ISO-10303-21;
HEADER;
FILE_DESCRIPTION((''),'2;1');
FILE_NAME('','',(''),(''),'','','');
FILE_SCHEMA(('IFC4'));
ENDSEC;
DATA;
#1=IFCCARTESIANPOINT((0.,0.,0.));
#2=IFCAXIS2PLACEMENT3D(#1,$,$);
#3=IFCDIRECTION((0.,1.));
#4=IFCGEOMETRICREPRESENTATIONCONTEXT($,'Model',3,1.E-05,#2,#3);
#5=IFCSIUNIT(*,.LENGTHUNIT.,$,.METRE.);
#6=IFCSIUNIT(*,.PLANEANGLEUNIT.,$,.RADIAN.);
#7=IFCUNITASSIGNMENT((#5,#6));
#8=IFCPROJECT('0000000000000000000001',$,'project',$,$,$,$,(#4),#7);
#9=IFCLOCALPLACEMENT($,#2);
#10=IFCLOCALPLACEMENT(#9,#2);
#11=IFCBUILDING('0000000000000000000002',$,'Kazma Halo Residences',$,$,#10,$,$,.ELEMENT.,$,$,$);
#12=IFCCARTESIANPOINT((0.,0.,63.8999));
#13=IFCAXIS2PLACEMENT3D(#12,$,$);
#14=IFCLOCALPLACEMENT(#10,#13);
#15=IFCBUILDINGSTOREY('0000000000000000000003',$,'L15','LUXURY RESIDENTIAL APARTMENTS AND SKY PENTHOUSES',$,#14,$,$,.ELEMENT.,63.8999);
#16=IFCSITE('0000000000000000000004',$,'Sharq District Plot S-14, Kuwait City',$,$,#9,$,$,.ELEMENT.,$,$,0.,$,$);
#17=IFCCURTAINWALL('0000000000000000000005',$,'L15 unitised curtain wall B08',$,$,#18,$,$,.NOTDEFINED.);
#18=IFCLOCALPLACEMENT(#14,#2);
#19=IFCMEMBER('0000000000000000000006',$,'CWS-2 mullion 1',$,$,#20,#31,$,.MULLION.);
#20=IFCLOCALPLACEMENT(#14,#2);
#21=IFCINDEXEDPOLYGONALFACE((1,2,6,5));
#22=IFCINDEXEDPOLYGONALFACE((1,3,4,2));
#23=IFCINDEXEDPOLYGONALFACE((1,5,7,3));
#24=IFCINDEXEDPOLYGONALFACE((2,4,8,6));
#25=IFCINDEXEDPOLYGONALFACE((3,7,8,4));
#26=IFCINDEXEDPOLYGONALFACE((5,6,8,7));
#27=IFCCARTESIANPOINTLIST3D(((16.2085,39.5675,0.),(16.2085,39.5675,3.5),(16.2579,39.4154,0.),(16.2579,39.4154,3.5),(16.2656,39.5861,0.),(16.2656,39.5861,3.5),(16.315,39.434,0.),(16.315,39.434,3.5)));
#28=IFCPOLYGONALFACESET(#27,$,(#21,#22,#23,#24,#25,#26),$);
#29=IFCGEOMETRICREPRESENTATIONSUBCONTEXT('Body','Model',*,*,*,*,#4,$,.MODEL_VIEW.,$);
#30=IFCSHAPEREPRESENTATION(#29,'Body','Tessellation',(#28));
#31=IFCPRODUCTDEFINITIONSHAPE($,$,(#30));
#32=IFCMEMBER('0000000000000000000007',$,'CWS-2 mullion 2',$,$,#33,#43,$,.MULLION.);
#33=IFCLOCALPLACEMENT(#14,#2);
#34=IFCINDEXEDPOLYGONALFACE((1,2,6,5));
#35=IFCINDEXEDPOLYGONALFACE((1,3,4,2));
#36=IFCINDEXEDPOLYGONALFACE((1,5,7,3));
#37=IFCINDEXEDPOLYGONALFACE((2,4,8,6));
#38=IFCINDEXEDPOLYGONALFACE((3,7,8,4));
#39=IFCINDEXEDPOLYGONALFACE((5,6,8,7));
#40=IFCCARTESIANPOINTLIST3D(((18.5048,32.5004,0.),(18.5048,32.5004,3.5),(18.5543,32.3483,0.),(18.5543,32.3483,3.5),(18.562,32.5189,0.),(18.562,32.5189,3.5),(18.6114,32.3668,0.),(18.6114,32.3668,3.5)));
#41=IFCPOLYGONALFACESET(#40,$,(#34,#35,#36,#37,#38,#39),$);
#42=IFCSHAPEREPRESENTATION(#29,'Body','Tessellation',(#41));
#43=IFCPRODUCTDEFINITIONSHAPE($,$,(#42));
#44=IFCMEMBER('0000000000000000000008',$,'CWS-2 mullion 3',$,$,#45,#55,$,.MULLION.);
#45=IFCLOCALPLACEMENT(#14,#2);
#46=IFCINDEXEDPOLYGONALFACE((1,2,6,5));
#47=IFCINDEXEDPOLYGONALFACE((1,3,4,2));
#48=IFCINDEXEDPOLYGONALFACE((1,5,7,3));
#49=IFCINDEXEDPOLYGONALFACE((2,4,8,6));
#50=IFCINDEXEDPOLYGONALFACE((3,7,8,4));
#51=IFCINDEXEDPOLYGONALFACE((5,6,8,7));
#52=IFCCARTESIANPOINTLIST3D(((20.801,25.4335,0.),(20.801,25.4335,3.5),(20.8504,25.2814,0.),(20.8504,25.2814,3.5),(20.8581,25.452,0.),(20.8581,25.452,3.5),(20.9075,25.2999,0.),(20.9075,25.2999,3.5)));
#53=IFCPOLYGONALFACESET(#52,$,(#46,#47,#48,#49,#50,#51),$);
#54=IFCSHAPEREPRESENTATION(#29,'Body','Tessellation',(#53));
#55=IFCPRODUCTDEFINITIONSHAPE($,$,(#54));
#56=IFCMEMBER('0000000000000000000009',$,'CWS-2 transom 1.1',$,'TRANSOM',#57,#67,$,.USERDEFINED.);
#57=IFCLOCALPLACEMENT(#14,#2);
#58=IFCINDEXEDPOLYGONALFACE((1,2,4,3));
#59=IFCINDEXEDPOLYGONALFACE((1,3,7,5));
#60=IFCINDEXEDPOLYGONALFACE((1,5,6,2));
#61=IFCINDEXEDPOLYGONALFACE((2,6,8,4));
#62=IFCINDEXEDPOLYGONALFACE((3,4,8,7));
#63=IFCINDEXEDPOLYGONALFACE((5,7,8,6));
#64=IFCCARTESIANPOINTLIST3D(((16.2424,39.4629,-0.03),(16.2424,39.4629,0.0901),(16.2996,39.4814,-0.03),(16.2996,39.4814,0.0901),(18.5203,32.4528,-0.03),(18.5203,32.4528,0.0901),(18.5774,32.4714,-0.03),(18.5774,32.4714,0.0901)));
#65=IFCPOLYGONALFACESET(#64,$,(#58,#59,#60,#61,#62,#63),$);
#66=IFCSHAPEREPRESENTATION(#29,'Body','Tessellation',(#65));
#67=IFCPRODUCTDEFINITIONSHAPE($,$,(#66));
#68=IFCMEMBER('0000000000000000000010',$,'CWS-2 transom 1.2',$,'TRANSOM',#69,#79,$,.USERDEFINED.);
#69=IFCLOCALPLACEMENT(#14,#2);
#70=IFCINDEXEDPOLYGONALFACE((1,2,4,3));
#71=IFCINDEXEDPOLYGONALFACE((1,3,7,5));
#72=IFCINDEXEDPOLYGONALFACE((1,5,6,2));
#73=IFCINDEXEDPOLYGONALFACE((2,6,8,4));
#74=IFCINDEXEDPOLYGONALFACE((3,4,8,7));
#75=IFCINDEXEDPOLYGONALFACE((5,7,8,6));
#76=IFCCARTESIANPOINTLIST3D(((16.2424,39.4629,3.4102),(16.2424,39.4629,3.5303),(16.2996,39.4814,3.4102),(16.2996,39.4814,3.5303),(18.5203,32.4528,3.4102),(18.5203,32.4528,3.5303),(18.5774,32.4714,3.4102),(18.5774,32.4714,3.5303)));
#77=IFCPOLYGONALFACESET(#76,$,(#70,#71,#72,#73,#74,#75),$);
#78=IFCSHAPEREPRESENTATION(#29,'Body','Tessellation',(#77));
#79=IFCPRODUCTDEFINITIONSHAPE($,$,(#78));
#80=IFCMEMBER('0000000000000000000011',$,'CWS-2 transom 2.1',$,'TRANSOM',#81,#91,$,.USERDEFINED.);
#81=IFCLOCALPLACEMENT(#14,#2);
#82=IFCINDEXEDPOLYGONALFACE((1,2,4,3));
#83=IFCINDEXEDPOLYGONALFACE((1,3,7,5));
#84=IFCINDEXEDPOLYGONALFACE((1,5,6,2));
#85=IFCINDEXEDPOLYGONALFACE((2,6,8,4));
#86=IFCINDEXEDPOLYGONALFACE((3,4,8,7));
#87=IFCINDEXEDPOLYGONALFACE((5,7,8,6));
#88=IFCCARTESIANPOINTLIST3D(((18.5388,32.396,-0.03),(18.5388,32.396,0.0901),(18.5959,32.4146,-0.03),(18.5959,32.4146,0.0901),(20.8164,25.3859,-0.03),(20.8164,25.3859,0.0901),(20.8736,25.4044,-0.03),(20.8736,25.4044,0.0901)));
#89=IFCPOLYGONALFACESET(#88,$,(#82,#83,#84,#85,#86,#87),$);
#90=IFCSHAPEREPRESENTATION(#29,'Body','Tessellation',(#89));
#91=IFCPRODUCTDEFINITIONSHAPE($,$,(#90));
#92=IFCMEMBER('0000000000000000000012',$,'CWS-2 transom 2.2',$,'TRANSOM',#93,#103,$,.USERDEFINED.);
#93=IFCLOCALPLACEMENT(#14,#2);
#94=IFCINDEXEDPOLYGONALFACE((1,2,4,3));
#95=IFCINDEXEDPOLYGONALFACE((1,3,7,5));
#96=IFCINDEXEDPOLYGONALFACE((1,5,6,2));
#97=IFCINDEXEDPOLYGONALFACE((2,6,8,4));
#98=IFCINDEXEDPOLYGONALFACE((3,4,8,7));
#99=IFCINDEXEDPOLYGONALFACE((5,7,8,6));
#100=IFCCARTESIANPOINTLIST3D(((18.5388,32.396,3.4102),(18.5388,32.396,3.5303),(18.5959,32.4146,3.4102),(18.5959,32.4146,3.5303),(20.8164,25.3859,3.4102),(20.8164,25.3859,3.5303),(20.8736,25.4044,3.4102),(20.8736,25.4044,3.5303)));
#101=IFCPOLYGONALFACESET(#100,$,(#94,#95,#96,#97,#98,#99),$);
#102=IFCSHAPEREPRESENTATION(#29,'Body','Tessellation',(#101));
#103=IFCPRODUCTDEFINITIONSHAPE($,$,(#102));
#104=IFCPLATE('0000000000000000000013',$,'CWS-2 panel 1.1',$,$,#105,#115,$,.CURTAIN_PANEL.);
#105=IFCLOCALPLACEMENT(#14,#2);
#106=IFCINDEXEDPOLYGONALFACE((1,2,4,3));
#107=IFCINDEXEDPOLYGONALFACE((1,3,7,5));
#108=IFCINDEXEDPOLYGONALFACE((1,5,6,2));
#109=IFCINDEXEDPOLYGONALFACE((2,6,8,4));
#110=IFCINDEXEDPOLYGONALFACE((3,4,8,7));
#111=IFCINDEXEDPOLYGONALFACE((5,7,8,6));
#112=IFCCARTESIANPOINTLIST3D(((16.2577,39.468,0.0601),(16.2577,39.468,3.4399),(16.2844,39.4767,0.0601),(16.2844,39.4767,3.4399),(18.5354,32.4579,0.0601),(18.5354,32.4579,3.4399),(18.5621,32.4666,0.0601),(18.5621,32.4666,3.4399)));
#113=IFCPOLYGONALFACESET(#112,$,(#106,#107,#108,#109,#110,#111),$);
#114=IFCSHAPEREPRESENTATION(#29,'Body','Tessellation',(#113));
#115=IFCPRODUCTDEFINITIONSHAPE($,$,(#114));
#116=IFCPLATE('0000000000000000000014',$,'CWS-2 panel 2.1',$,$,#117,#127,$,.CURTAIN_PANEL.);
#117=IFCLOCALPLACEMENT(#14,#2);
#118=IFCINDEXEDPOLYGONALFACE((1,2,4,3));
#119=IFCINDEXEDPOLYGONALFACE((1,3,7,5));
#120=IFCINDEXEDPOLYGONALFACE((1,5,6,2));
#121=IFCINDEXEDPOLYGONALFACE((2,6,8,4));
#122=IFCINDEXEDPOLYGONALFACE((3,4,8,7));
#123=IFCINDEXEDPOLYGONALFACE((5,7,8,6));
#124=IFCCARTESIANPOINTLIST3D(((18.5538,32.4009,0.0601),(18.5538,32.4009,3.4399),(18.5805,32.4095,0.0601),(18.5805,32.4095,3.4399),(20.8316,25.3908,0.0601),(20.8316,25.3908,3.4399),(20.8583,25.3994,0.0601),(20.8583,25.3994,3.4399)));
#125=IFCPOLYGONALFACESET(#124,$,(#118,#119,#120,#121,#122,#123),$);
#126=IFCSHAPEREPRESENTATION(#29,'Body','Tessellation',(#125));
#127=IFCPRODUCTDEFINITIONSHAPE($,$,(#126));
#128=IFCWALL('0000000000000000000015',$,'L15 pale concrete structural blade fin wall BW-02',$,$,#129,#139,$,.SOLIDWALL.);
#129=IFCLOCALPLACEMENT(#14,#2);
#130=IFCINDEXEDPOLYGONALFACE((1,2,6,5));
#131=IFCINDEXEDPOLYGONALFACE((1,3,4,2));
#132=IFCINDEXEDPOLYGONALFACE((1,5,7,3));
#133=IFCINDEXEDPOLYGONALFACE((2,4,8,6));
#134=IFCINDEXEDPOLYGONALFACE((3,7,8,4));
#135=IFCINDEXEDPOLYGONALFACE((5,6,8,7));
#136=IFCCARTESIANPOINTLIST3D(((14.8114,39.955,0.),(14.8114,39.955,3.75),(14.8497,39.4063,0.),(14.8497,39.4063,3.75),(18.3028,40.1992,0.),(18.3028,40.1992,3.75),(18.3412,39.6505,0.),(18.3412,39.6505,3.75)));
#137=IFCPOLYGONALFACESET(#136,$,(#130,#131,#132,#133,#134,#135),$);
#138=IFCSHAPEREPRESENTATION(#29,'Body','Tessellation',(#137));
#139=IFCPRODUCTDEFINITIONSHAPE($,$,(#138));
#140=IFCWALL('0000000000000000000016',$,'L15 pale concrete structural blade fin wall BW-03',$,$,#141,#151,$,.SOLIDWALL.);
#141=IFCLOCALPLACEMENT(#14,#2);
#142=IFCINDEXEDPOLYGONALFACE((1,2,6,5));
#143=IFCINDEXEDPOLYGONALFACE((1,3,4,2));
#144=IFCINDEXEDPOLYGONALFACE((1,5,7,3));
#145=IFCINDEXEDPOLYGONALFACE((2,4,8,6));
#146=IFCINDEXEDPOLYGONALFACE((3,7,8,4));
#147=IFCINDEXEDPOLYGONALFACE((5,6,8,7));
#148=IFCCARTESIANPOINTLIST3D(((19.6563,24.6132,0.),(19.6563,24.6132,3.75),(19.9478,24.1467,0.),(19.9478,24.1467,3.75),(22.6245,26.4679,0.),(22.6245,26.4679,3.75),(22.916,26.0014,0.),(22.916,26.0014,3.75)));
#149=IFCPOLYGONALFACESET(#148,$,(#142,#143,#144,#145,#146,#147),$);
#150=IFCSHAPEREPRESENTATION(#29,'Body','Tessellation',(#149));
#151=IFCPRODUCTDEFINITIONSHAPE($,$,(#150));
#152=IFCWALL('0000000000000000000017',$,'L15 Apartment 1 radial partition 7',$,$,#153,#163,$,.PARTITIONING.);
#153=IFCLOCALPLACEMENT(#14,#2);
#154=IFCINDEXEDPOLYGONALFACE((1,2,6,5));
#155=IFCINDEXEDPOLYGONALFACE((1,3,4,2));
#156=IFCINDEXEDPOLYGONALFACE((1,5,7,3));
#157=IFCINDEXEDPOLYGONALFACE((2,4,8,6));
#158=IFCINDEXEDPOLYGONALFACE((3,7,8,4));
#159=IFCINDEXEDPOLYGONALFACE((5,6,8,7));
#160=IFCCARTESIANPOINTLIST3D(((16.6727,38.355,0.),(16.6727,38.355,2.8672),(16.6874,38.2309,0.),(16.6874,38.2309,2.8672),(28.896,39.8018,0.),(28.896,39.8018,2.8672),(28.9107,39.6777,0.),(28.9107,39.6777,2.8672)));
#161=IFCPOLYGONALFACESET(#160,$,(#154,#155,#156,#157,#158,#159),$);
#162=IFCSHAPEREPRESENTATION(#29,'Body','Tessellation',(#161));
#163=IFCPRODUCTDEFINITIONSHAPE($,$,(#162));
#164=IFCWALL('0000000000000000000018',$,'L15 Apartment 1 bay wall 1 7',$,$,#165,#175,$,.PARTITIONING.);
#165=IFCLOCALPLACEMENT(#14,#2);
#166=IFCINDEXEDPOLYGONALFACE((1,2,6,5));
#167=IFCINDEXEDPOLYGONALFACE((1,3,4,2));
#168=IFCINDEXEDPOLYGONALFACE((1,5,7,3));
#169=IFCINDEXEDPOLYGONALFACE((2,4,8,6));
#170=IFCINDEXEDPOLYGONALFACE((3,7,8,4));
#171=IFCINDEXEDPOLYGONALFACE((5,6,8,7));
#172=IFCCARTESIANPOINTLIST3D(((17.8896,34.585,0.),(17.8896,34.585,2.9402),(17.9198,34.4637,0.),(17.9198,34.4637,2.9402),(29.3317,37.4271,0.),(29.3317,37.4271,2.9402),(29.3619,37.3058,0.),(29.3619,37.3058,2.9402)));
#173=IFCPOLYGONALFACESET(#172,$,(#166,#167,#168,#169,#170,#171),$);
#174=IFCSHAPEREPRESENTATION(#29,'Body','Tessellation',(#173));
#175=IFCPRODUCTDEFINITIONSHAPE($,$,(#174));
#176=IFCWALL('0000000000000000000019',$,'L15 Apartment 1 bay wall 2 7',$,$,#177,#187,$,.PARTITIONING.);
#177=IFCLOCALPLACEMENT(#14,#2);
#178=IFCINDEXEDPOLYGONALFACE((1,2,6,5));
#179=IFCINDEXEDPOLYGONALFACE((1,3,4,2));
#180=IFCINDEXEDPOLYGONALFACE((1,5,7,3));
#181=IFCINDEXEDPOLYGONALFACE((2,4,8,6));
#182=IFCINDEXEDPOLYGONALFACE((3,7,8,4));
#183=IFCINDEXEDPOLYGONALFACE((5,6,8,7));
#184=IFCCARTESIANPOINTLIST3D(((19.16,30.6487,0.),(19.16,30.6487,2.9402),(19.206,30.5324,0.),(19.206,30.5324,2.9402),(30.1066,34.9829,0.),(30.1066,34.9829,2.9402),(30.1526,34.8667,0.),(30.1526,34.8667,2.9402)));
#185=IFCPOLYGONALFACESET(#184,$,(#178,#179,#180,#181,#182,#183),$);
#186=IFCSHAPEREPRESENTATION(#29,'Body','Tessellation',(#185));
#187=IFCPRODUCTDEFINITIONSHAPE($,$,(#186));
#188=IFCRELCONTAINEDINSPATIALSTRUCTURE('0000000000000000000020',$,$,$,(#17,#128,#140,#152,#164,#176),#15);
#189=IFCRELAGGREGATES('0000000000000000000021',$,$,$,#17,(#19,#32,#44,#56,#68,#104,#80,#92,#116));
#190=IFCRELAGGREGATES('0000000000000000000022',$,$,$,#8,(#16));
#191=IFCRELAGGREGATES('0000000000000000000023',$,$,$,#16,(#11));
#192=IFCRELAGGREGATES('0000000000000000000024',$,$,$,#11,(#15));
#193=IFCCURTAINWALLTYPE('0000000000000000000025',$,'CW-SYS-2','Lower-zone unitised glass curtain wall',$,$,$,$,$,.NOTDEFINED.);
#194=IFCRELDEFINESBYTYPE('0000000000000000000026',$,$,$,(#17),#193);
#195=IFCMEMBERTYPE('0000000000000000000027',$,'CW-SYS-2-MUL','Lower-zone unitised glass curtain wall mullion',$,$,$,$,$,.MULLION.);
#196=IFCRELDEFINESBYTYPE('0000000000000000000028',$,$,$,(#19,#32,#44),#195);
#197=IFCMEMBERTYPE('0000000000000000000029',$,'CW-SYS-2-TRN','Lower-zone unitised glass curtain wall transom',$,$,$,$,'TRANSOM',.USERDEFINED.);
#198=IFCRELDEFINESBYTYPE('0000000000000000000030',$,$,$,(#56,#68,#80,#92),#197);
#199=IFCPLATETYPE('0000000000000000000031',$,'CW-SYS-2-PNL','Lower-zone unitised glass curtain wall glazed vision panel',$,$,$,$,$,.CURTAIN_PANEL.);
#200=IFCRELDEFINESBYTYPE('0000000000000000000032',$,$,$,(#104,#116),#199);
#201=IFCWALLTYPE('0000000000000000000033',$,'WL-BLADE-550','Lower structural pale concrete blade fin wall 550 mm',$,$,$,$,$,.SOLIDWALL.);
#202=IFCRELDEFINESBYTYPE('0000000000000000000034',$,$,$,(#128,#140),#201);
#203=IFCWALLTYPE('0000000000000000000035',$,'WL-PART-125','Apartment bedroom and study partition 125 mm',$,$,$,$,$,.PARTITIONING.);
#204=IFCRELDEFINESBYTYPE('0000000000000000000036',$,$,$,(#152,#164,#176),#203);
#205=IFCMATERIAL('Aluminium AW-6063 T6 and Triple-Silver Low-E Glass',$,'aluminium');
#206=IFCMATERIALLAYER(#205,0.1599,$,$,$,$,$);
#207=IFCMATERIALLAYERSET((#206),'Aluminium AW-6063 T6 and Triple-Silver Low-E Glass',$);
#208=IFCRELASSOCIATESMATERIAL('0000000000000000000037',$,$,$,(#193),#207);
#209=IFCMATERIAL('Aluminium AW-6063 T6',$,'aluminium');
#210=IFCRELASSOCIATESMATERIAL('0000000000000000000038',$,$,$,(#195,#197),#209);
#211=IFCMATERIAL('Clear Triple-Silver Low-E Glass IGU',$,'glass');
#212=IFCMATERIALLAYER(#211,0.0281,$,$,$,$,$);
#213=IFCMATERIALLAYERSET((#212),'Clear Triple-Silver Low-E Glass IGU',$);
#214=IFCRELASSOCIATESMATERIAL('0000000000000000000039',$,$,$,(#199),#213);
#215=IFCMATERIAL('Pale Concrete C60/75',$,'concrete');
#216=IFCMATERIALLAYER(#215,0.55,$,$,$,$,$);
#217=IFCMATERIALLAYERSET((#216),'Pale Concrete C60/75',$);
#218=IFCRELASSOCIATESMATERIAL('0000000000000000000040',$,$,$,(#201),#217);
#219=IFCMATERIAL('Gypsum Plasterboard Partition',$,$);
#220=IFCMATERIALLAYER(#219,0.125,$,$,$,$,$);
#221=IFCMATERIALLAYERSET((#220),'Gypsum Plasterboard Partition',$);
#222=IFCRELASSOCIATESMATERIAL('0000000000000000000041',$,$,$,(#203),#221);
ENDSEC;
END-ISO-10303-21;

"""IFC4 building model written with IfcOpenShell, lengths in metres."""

from ifc_helpers import new_model, si_unit, direction, frame, frame_2d, origin, origin_2d, place, context, subcontext, project, spatial, rectangle, extrude, material, layer, layer_set, material_profile, profile_set, type_object, element, aggregate, save


model = new_model("IFC4")

# Units and contexts
model_context = context("Model", 3, precision=1e-05, world=origin(), true_north=direction((0.0, 1.0)))
body_context = subcontext(model_context, "Body", "Model", "MODEL_VIEW")
ifc_project = project(units=[si_unit("LENGTHUNIT", "METRE"), si_unit("PLANEANGLEUNIT", "RADIAN")], contexts=[model_context])

# Site, building, storey
site_placement = place(None, origin())
site = spatial("IfcSite", under=ifc_project, at=site_placement, Name="Sharq District Plot S-14, Kuwait City", CompositionType="ELEMENT", RefElevation=0.0)
building_placement = place(site_placement, origin())
building = spatial("IfcBuilding", under=site, at=building_placement, Name="Kazma Halo Residences", CompositionType="ELEMENT")
storey_placement = place(building_placement, frame((0.0, 0.0, 63.8999)))
storey = spatial("IfcBuildingStorey", under=building, at=storey_placement, Name="L15", Description="LUXURY RESIDENTIAL APARTMENTS AND SKY PENTHOUSES", CompositionType="ELEMENT", Elevation=63.8999)

# Curtain wall, members, plates
ifc_material_1 = material(Name="Aluminium AW-6063 T6 and Triple-Silver Low-E Glass", Category="aluminium")
ifc_layer_1 = layer(ifc_material_1, 0.1599)
ifc_layer_set_1 = layer_set([ifc_layer_1], Name="Aluminium AW-6063 T6 and Triple-Silver Low-E Glass")
curtain_wall_type = type_object("IfcCurtainWallType", Name="CW-SYS-2", Description="Lower-zone unitised glass curtain wall", PredefinedType="NOTDEFINED", material=ifc_layer_set_1)
curtain_wall_placement = place(storey_placement, origin())
curtain_wall = element("IfcCurtainWall", 1, at=curtain_wall_placement, inside=storey, type_object=curtain_wall_type, Name="L15 unitised curtain wall B08", PredefinedType="NOTDEFINED")
ifc_material_2 = material(Name="Aluminium AW-6063 T6", Category="aluminium")
ifc_material_profile_1 = material_profile(ifc_material_2, rectangle(XDim=0.0601, YDim=0.1599, at=origin_2d()), Name="CWM-60x160")
ifc_profile_set_1 = profile_set([ifc_material_profile_1], Name="Aluminium AW-6063 T6")
member_type_1 = type_object("IfcMemberType", Name="CW-SYS-2-MUL", Description="Lower-zone unitised glass curtain wall mullion", PredefinedType="MULLION", material=ifc_profile_set_1)
member_1_placement = place(storey_placement, frame((16.2617, 39.5007, 0.0), z_axis=(0.0, 0.0, 1.0), x_axis=(0.951057, 0.309017, 0.0)))
member_1 = element("IfcMember", 2, at=member_1_placement, type_object=member_type_1, Name="CWS-2 mullion 1", PredefinedType="MULLION", context=body_context, shape_type="SweptSolid", body=[
    extrude(rectangle(XDim=0.0601, YDim=0.1599, at=origin_2d()), origin(), (0.0, 0.0, 1.0), 3.5),
])
member_2_placement = place(storey_placement, frame((18.5581, 32.4336, 0.0), z_axis=(0.0, 0.0, 1.0), x_axis=(0.951057, 0.309017, 0.0)))
member_2 = element("IfcMember", 3, at=member_2_placement, type_object=member_type_1, Name="CWS-2 mullion 2", PredefinedType="MULLION", context=body_context, shape_type="SweptSolid", body=[
    extrude(rectangle(XDim=0.0601, YDim=0.1599, at=origin_2d()), origin(), (0.0, 0.0, 1.0), 3.5),
])
member_3_placement = place(storey_placement, frame((20.8542, 25.3667, 0.0), z_axis=(0.0, 0.0, 1.0), x_axis=(0.951057, 0.309017, 0.0)))
member_3 = element("IfcMember", 4, at=member_3_placement, type_object=member_type_1, Name="CWS-2 mullion 3", PredefinedType="MULLION", context=body_context, shape_type="SweptSolid", body=[
    extrude(rectangle(XDim=0.0601, YDim=0.1599, at=origin_2d()), origin(), (0.0, 0.0, 1.0), 3.5),
])
ifc_material_profile_2 = material_profile(ifc_material_2, rectangle(XDim=0.0601, YDim=0.1201, at=origin_2d()), Name="CWT-60x120")
ifc_profile_set_2 = profile_set([ifc_material_profile_2], Name="Aluminium AW-6063 T6")
member_type_2 = type_object("IfcMemberType", Name="CW-SYS-2-TRN", Description="Lower-zone unitised glass curtain wall transom", ElementType="TRANSOM", PredefinedType="USERDEFINED", material=ifc_profile_set_2)
member_4_placement = place(storey_placement, frame((16.271, 39.4722, 0.03), z_axis=(0.309034, -0.951051, 0.0), x_axis=(0.951051, 0.309034, 0.0)))
member_4 = element("IfcMember", 5, at=member_4_placement, type_object=member_type_2, Name="CWS-2 transom 1.1", ObjectType="TRANSOM", PredefinedType="USERDEFINED", context=body_context, shape_type="SweptSolid", body=[
    extrude(rectangle(XDim=0.0601, YDim=0.1201, at=origin_2d()), origin(), (0.0, 0.0, 1.0), 7.3708),
])
member_5_placement = place(storey_placement, frame((16.271, 39.4722, 3.4702), z_axis=(0.309034, -0.951051, 0.0), x_axis=(0.951051, 0.309034, 0.0)))
member_5 = element("IfcMember", 6, at=member_5_placement, type_object=member_type_2, Name="CWS-2 transom 1.2", ObjectType="TRANSOM", PredefinedType="USERDEFINED", context=body_context, shape_type="SweptSolid", body=[
    extrude(rectangle(XDim=0.0601, YDim=0.1201, at=origin_2d()), origin(), (0.0, 0.0, 1.0), 7.3708),
])
member_6_placement = place(storey_placement, frame((18.5674, 32.4053, 0.03), z_axis=(0.309004, -0.951061, 0.0), x_axis=(0.951061, 0.309004, 0.0)))
member_6 = element("IfcMember", 7, at=member_6_placement, type_object=member_type_2, Name="CWS-2 transom 2.1", ObjectType="TRANSOM", PredefinedType="USERDEFINED", context=body_context, shape_type="SweptSolid", body=[
    extrude(rectangle(XDim=0.0601, YDim=0.1201, at=origin_2d()), origin(), (0.0, 0.0, 1.0), 7.3708),
])
member_7_placement = place(storey_placement, frame((18.5674, 32.4053, 3.4702), z_axis=(0.309004, -0.951061, 0.0), x_axis=(0.951061, 0.309004, 0.0)))
member_7 = element("IfcMember", 8, at=member_7_placement, type_object=member_type_2, Name="CWS-2 transom 2.2", ObjectType="TRANSOM", PredefinedType="USERDEFINED", context=body_context, shape_type="SweptSolid", body=[
    extrude(rectangle(XDim=0.0601, YDim=0.1201, at=origin_2d()), origin(), (0.0, 0.0, 1.0), 7.3708),
])
ifc_material_3 = material(Name="Clear Triple-Silver Low-E Glass IGU", Category="glass")
ifc_layer_2 = layer(ifc_material_3, 0.0281)
ifc_layer_set_2 = layer_set([ifc_layer_2], Name="Clear Triple-Silver Low-E Glass IGU")
plate_type = type_object("IfcPlateType", Name="CW-SYS-2-PNL", Description="Lower-zone unitised glass curtain wall glazed vision panel", PredefinedType="CURTAIN_PANEL", material=ifc_layer_set_2)
plate_1_placement = place(storey_placement, frame((17.4099, 35.9673, 0.0601), z_axis=(0.0, 0.0, 1.0), x_axis=(0.309017, -0.951057, 0.0)))
plate_1 = element("IfcPlate", 9, at=plate_1_placement, type_object=plate_type, Name="CWS-2 panel 1.1", PredefinedType="CURTAIN_PANEL", context=body_context, shape_type="SweptSolid", body=[
    extrude(rectangle(XDim=7.3708, YDim=0.0281, at=origin_2d()), origin(), (0.0, 0.0, 1.0), 3.3799),
])
plate_2_placement = place(storey_placement, frame((19.7061, 28.9001, 0.0601), z_axis=(0.0, 0.0, 1.0), x_axis=(0.309017, -0.951057, 0.0)))
plate_2 = element("IfcPlate", 10, at=plate_2_placement, type_object=plate_type, Name="CWS-2 panel 2.1", PredefinedType="CURTAIN_PANEL", context=body_context, shape_type="SweptSolid", body=[
    extrude(rectangle(XDim=7.3708, YDim=0.0281, at=origin_2d()), origin(), (0.0, 0.0, 1.0), 3.3799),
])
aggregate(curtain_wall, [member_1, member_2, member_3, member_4, member_5, plate_1, member_6, member_7, plate_2])

# Walls
ifc_material_4 = material(Name="Pale Concrete C60/75", Category="concrete")
ifc_layer_3 = layer(ifc_material_4, 0.55)
ifc_layer_set_3 = layer_set([ifc_layer_3], Name="Pale Concrete C60/75")
wall_type_1 = type_object("IfcWallType", Name="WL-BLADE-550", Description="Lower structural pale concrete blade fin wall 550 mm", PredefinedType="SOLIDWALL", material=ifc_layer_set_3)
for number, where, z_axis, x_axis, name in (
    (11, (18.322, 39.9248, 0.0), (0.0, 0.0, 1.0), (-0.997564, -0.069755, 0.0), "L15 pale concrete structural blade fin wall BW-02"),
    (12, (22.7703, 26.2346, 0.0), (0.0, 0.0, 1.0), (-0.848053, -0.529911, 0.0), "L15 pale concrete structural blade fin wall BW-03"),
):
    element("IfcWall", number, at=place(storey_placement, frame(where, z_axis=z_axis, x_axis=x_axis)), inside=storey, type_object=wall_type_1, Name=name, PredefinedType="SOLIDWALL", context=body_context, shape_type="SweptSolid", body=[
        extrude(rectangle(XDim=3.5, YDim=0.55, at=frame_2d((1.75, 0.0))), origin(), (0.0, 0.0, 1.0), 3.75),
    ])
ifc_material_5 = material(Name="Gypsum Plasterboard Partition")
ifc_layer_4 = layer(ifc_material_5, 0.125)
ifc_layer_set_4 = layer_set([ifc_layer_4], Name="Gypsum Plasterboard Partition")
wall_type_2 = type_object("IfcWallType", Name="WL-PART-125", Description="Apartment bedroom and study partition 125 mm", PredefinedType="PARTITIONING", material=ifc_layer_set_4)
wall_1_placement = place(storey_placement, frame((28.9033, 39.7397, 0.0), z_axis=(0.0, 0.0, 1.0), x_axis=(-0.993068, -0.117541, 0.0)))
element("IfcWall", 13, at=wall_1_placement, inside=storey, type_object=wall_type_2, Name="L15 Apartment 1 radial partition 7", PredefinedType="PARTITIONING", context=body_context, shape_type="SweptSolid", body=[
    extrude(rectangle(XDim=12.3086, YDim=0.125, at=frame_2d((6.1543, 0.0))), origin(), (0.0, 0.0, 1.0), 2.8672),
])
wall_2_placement = place(storey_placement, frame((29.3469, 37.3665, 0.0), z_axis=(0.0, 0.0, 1.0), x_axis=(-0.97051, -0.241059, 0.0)))
element("IfcWall", 14, at=wall_2_placement, inside=storey, type_object=wall_type_2, Name="L15 Apartment 1 bay wall 1 7", PredefinedType="PARTITIONING", context=body_context, shape_type="SweptSolid", body=[
    extrude(rectangle(XDim=11.7898, YDim=0.125, at=frame_2d((5.895, 0.0))), origin(), (0.0, 0.0, 1.0), 2.9402),
])
wall_3_placement = place(storey_placement, frame((30.1296, 34.9248, 0.0), z_axis=(0.0, 0.0, 1.0), x_axis=(-0.929771, -0.368138, 0.0)))
element("IfcWall", 15, at=wall_3_placement, inside=storey, type_object=wall_type_2, Name="L15 Apartment 1 bay wall 2 7", PredefinedType="PARTITIONING", context=body_context, shape_type="SweptSolid", body=[
    extrude(rectangle(XDim=11.7734, YDim=0.125, at=frame_2d((5.8867, 0.0))), origin(), (0.0, 0.0, 1.0), 2.9402),
])

save(model, "model.ifc")
